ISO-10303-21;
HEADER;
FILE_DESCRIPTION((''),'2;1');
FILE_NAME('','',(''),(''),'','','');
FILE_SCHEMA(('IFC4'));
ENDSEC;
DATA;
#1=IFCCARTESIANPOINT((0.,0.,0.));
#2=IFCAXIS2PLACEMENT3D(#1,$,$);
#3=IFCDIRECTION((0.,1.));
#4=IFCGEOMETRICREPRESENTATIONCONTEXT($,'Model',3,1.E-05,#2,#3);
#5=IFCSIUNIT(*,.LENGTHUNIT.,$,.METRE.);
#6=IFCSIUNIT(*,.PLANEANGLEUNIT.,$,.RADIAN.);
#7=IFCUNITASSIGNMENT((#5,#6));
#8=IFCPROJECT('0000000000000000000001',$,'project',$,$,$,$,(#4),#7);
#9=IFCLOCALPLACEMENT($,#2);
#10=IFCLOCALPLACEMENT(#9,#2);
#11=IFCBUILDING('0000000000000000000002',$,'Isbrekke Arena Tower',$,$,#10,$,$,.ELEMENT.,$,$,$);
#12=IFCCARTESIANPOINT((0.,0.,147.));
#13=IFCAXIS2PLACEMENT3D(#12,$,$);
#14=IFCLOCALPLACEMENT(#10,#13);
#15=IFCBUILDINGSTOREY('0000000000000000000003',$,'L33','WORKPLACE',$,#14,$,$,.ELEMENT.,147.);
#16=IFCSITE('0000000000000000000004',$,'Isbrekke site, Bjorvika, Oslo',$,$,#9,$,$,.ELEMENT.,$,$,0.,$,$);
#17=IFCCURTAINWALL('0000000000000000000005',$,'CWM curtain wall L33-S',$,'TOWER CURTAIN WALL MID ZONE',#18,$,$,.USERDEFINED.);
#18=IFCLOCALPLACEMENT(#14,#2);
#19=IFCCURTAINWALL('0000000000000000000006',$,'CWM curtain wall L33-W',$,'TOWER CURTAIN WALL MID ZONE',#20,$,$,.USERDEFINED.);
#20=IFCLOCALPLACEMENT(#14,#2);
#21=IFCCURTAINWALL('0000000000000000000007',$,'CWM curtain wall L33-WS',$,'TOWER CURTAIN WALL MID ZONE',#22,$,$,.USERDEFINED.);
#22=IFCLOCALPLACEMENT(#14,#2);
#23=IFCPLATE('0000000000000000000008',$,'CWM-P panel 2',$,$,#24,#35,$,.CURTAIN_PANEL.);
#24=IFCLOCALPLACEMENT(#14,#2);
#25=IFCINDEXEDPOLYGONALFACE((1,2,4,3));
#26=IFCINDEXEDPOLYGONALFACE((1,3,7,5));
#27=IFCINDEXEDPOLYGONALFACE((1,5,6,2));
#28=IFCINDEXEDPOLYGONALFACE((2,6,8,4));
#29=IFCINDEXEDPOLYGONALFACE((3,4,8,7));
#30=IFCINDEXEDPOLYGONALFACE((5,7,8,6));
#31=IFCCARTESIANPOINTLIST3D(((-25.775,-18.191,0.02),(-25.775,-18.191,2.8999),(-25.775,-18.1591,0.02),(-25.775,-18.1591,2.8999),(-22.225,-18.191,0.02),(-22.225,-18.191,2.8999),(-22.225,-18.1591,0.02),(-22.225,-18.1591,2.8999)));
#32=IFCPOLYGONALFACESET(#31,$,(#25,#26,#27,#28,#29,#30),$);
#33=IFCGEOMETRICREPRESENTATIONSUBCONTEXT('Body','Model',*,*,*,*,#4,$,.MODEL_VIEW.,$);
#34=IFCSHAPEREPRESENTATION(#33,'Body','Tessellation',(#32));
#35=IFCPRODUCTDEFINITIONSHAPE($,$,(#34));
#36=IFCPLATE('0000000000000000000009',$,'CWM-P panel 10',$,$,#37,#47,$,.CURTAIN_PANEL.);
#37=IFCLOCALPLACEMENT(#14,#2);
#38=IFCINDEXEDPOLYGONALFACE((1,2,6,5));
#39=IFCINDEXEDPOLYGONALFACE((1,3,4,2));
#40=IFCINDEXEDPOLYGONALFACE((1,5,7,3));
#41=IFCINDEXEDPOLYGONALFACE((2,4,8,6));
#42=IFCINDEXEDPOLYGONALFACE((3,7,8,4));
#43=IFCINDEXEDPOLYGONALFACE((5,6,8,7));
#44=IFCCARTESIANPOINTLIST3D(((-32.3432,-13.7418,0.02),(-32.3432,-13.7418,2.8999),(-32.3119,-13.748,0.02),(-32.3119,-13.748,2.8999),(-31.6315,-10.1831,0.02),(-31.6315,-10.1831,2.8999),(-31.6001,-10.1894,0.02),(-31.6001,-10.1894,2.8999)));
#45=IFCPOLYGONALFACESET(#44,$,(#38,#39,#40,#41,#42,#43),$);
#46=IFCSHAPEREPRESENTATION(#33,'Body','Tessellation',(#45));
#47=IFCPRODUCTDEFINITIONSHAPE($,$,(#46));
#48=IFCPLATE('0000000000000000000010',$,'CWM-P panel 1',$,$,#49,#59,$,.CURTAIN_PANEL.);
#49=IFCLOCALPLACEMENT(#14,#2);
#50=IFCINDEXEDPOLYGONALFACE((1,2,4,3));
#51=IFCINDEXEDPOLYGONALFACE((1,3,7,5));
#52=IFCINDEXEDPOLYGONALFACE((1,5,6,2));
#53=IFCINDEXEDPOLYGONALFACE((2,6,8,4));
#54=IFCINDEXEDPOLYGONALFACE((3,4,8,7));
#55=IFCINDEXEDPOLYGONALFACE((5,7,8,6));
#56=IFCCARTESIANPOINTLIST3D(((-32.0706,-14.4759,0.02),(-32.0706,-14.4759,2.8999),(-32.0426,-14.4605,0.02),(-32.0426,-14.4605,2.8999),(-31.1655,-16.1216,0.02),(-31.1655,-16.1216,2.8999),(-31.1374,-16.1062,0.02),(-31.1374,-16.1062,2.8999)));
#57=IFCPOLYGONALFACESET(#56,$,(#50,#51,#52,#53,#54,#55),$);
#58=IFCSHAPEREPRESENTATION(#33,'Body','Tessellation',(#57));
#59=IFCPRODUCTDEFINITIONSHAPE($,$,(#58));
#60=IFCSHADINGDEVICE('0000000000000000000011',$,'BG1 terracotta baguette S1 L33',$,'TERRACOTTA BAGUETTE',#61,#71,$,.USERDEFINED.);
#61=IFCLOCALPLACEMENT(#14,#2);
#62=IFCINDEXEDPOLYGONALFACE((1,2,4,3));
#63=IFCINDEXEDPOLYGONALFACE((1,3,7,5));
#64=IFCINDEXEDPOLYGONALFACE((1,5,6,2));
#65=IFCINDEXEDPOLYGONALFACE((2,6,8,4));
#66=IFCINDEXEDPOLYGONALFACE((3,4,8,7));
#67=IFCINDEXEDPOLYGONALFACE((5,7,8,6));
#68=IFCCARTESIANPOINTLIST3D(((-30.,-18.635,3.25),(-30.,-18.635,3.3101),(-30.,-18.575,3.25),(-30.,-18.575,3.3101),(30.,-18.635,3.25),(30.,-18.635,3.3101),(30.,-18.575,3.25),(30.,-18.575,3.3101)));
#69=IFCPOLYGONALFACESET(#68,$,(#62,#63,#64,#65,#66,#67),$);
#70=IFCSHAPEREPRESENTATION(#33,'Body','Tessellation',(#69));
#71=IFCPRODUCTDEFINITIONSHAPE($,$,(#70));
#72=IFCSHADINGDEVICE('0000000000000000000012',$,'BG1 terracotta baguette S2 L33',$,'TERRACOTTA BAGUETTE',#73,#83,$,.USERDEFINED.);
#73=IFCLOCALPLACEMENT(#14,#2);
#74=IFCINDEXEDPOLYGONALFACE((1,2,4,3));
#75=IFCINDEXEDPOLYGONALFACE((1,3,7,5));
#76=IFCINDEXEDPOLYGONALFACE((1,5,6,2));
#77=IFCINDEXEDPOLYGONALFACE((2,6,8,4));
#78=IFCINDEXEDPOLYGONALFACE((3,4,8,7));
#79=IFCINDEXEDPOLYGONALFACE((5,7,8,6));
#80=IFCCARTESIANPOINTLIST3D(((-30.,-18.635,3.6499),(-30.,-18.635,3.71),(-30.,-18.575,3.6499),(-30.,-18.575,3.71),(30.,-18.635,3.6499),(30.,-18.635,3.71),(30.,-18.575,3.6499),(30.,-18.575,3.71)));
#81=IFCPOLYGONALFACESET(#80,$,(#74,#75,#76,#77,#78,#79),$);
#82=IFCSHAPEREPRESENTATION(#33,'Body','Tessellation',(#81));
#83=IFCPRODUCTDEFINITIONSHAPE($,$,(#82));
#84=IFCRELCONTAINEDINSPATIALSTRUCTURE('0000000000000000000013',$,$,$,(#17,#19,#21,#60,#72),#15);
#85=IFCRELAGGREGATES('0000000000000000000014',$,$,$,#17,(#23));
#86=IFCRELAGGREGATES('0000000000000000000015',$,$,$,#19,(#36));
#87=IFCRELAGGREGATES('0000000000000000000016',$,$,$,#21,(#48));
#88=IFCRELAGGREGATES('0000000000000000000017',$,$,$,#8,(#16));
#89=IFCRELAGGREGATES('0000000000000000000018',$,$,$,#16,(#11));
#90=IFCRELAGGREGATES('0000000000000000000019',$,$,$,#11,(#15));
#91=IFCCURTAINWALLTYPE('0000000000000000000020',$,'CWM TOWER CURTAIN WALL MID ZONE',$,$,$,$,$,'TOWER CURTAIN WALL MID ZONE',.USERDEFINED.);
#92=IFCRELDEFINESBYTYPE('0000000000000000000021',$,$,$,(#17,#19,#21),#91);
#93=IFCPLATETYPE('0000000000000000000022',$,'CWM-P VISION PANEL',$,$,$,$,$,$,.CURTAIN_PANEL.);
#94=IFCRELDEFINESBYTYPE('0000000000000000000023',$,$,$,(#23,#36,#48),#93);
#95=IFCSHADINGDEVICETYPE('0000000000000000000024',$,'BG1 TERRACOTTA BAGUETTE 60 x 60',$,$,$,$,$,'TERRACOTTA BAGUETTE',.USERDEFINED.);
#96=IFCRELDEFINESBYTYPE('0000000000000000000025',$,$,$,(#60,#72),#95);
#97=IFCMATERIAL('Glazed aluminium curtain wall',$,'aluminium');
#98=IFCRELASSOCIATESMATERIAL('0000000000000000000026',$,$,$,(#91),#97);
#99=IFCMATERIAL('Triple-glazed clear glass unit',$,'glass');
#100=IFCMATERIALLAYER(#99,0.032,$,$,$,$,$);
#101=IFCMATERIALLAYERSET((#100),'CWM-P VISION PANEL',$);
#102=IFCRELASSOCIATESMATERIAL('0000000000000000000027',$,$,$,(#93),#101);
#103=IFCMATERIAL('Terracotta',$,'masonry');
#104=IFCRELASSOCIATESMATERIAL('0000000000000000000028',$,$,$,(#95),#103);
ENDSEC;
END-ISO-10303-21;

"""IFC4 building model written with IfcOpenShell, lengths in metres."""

from ifc_helpers import new_model, si_unit, direction, frame, origin, origin_2d, place, context, subcontext, project, spatial, rectangle, extrude, material, layer, layer_set, material_profile, profile_set, type_object, element, aggregate, save


model = new_model("IFC4")

# Units and contexts
model_context = context("Model", 3, precision=1e-05, world=origin(), true_north=direction((0.0, 1.0)))
body_context = subcontext(model_context, "Body", "Model", "MODEL_VIEW")
ifc_project = project(units=[si_unit("LENGTHUNIT", "METRE"), si_unit("PLANEANGLEUNIT", "RADIAN")], contexts=[model_context])

# Site, building, storey
site_placement = place(None, origin())
site = spatial("IfcSite", under=ifc_project, at=site_placement, Name="Isbrekke site, Bjorvika, Oslo", CompositionType="ELEMENT", RefElevation=0.0)
building_placement = place(site_placement, origin())
building = spatial("IfcBuilding", under=site, at=building_placement, Name="Isbrekke Arena Tower", CompositionType="ELEMENT")
storey_placement = place(building_placement, frame((0.0, 0.0, 147.0)))
storey = spatial("IfcBuildingStorey", under=building, at=storey_placement, Name="L33", Description="WORKPLACE", CompositionType="ELEMENT", Elevation=147.0)

# Curtain wall
ifc_material_1 = material(Name="Glazed aluminium curtain wall", Category="aluminium")
curtain_wall_type = type_object("IfcCurtainWallType", Name="CWM TOWER CURTAIN WALL MID ZONE", ElementType="TOWER CURTAIN WALL MID ZONE", PredefinedType="USERDEFINED", material=ifc_material_1)
curtain_wall_1_placement = place(storey_placement, origin())
curtain_wall_1 = element("IfcCurtainWall", 1, at=curtain_wall_1_placement, inside=storey, type_object=curtain_wall_type, Name="CWM curtain wall L33-S", ObjectType="TOWER CURTAIN WALL MID ZONE", PredefinedType="USERDEFINED")

# Curtain wall
curtain_wall_2_placement = place(storey_placement, origin())
curtain_wall_2 = element("IfcCurtainWall", 2, at=curtain_wall_2_placement, inside=storey, type_object=curtain_wall_type, Name="CWM curtain wall L33-W", ObjectType="TOWER CURTAIN WALL MID ZONE", PredefinedType="USERDEFINED")

# Curtain wall
curtain_wall_3_placement = place(storey_placement, origin())
curtain_wall_3 = element("IfcCurtainWall", 3, at=curtain_wall_3_placement, inside=storey, type_object=curtain_wall_type, Name="CWM curtain wall L33-WS", ObjectType="TOWER CURTAIN WALL MID ZONE", PredefinedType="USERDEFINED")

# Plates
ifc_material_2 = material(Name="Triple-glazed clear glass unit", Category="glass")
ifc_layer = layer(ifc_material_2, 0.032)
ifc_layer_set = layer_set([ifc_layer], Name="CWM-P VISION PANEL")
plate_type = type_object("IfcPlateType", Name="CWM-P VISION PANEL", PredefinedType="CURTAIN_PANEL", material=ifc_layer_set)
plate_1_placement = place(storey_placement, frame((-24.0, -18.175, 0.02), z_axis=(0.0, 0.0, 1.0), x_axis=(1.0, 0.0, 0.0)))
plate_1 = element("IfcPlate", 4, at=plate_1_placement, type_object=plate_type, Name="CWM-P panel 2", PredefinedType="CURTAIN_PANEL", context=body_context, shape_type="SweptSolid", body=[
    extrude(rectangle(XDim=3.55, YDim=0.032, at=origin_2d()), origin(), (0.0, 0.0, 1.0), 2.8799),
])
aggregate(curtain_wall_1, [plate_1])
plate_2_placement = place(storey_placement, frame((-31.9717, -11.9656, 0.02), z_axis=(0.0, 0.0, 1.0), x_axis=(-0.196116, -0.980581, 0.0)))
plate_2 = element("IfcPlate", 5, at=plate_2_placement, type_object=plate_type, Name="CWM-P panel 10", PredefinedType="CURTAIN_PANEL", context=body_context, shape_type="SweptSolid", body=[
    extrude(rectangle(XDim=3.6292, YDim=0.032, at=origin_2d()), origin(), (0.0, 0.0, 1.0), 2.8799),
])
aggregate(curtain_wall_2, [plate_2])
plate_3_placement = place(storey_placement, frame((-31.604, -15.291, 0.02), z_axis=(0.0, 0.0, 1.0), x_axis=(0.481919, -0.876216, 0.0)))
plate_3 = element("IfcPlate", 6, at=plate_3_placement, type_object=plate_type, Name="CWM-P panel 1", PredefinedType="CURTAIN_PANEL", context=body_context, shape_type="SweptSolid", body=[
    extrude(rectangle(XDim=1.8782, YDim=0.032, at=origin_2d()), origin(), (0.0, 0.0, 1.0), 2.8799),
])
aggregate(curtain_wall_3, [plate_3])

# Shading devices
ifc_material_3 = material(Name="Terracotta", Category="masonry")
ifc_material_profile_1 = material_profile(ifc_material_3, rectangle(XDim=0.0601, YDim=0.0601, at=origin_2d()), Name="BAGUETTE 60X60")
ifc_profile_set_1 = profile_set([ifc_material_profile_1], Name="Terracotta")
shading_device_type = type_object("IfcShadingDeviceType", Name="BG1 TERRACOTTA BAGUETTE 60 x 60", ElementType="TERRACOTTA BAGUETTE", PredefinedType="USERDEFINED", material=ifc_profile_set_1)
for number, where, z_axis, x_axis, name in (
    (7, (-30.0, -18.605, 3.28), (1.0, 0.0, 0.0), (0.0, 1.0, 0.0), "BG1 terracotta baguette S1 L33"),
    (8, (-30.0, -18.605, 3.6799), (1.0, 0.0, 0.0), (0.0, 1.0, 0.0), "BG1 terracotta baguette S2 L33"),
):
    element("IfcShadingDevice", number, at=place(storey_placement, frame(where, z_axis=z_axis, x_axis=x_axis)), inside=storey, type_object=shading_device_type, Name=name, ObjectType="TERRACOTTA BAGUETTE", PredefinedType="USERDEFINED", context=body_context, shape_type="SweptSolid", body=[
        extrude(rectangle(XDim=0.0601, YDim=0.0601, at=origin_2d()), origin(), (0.0, 0.0, 1.0), 60.0),
    ])

save(model, "model.ifc")
